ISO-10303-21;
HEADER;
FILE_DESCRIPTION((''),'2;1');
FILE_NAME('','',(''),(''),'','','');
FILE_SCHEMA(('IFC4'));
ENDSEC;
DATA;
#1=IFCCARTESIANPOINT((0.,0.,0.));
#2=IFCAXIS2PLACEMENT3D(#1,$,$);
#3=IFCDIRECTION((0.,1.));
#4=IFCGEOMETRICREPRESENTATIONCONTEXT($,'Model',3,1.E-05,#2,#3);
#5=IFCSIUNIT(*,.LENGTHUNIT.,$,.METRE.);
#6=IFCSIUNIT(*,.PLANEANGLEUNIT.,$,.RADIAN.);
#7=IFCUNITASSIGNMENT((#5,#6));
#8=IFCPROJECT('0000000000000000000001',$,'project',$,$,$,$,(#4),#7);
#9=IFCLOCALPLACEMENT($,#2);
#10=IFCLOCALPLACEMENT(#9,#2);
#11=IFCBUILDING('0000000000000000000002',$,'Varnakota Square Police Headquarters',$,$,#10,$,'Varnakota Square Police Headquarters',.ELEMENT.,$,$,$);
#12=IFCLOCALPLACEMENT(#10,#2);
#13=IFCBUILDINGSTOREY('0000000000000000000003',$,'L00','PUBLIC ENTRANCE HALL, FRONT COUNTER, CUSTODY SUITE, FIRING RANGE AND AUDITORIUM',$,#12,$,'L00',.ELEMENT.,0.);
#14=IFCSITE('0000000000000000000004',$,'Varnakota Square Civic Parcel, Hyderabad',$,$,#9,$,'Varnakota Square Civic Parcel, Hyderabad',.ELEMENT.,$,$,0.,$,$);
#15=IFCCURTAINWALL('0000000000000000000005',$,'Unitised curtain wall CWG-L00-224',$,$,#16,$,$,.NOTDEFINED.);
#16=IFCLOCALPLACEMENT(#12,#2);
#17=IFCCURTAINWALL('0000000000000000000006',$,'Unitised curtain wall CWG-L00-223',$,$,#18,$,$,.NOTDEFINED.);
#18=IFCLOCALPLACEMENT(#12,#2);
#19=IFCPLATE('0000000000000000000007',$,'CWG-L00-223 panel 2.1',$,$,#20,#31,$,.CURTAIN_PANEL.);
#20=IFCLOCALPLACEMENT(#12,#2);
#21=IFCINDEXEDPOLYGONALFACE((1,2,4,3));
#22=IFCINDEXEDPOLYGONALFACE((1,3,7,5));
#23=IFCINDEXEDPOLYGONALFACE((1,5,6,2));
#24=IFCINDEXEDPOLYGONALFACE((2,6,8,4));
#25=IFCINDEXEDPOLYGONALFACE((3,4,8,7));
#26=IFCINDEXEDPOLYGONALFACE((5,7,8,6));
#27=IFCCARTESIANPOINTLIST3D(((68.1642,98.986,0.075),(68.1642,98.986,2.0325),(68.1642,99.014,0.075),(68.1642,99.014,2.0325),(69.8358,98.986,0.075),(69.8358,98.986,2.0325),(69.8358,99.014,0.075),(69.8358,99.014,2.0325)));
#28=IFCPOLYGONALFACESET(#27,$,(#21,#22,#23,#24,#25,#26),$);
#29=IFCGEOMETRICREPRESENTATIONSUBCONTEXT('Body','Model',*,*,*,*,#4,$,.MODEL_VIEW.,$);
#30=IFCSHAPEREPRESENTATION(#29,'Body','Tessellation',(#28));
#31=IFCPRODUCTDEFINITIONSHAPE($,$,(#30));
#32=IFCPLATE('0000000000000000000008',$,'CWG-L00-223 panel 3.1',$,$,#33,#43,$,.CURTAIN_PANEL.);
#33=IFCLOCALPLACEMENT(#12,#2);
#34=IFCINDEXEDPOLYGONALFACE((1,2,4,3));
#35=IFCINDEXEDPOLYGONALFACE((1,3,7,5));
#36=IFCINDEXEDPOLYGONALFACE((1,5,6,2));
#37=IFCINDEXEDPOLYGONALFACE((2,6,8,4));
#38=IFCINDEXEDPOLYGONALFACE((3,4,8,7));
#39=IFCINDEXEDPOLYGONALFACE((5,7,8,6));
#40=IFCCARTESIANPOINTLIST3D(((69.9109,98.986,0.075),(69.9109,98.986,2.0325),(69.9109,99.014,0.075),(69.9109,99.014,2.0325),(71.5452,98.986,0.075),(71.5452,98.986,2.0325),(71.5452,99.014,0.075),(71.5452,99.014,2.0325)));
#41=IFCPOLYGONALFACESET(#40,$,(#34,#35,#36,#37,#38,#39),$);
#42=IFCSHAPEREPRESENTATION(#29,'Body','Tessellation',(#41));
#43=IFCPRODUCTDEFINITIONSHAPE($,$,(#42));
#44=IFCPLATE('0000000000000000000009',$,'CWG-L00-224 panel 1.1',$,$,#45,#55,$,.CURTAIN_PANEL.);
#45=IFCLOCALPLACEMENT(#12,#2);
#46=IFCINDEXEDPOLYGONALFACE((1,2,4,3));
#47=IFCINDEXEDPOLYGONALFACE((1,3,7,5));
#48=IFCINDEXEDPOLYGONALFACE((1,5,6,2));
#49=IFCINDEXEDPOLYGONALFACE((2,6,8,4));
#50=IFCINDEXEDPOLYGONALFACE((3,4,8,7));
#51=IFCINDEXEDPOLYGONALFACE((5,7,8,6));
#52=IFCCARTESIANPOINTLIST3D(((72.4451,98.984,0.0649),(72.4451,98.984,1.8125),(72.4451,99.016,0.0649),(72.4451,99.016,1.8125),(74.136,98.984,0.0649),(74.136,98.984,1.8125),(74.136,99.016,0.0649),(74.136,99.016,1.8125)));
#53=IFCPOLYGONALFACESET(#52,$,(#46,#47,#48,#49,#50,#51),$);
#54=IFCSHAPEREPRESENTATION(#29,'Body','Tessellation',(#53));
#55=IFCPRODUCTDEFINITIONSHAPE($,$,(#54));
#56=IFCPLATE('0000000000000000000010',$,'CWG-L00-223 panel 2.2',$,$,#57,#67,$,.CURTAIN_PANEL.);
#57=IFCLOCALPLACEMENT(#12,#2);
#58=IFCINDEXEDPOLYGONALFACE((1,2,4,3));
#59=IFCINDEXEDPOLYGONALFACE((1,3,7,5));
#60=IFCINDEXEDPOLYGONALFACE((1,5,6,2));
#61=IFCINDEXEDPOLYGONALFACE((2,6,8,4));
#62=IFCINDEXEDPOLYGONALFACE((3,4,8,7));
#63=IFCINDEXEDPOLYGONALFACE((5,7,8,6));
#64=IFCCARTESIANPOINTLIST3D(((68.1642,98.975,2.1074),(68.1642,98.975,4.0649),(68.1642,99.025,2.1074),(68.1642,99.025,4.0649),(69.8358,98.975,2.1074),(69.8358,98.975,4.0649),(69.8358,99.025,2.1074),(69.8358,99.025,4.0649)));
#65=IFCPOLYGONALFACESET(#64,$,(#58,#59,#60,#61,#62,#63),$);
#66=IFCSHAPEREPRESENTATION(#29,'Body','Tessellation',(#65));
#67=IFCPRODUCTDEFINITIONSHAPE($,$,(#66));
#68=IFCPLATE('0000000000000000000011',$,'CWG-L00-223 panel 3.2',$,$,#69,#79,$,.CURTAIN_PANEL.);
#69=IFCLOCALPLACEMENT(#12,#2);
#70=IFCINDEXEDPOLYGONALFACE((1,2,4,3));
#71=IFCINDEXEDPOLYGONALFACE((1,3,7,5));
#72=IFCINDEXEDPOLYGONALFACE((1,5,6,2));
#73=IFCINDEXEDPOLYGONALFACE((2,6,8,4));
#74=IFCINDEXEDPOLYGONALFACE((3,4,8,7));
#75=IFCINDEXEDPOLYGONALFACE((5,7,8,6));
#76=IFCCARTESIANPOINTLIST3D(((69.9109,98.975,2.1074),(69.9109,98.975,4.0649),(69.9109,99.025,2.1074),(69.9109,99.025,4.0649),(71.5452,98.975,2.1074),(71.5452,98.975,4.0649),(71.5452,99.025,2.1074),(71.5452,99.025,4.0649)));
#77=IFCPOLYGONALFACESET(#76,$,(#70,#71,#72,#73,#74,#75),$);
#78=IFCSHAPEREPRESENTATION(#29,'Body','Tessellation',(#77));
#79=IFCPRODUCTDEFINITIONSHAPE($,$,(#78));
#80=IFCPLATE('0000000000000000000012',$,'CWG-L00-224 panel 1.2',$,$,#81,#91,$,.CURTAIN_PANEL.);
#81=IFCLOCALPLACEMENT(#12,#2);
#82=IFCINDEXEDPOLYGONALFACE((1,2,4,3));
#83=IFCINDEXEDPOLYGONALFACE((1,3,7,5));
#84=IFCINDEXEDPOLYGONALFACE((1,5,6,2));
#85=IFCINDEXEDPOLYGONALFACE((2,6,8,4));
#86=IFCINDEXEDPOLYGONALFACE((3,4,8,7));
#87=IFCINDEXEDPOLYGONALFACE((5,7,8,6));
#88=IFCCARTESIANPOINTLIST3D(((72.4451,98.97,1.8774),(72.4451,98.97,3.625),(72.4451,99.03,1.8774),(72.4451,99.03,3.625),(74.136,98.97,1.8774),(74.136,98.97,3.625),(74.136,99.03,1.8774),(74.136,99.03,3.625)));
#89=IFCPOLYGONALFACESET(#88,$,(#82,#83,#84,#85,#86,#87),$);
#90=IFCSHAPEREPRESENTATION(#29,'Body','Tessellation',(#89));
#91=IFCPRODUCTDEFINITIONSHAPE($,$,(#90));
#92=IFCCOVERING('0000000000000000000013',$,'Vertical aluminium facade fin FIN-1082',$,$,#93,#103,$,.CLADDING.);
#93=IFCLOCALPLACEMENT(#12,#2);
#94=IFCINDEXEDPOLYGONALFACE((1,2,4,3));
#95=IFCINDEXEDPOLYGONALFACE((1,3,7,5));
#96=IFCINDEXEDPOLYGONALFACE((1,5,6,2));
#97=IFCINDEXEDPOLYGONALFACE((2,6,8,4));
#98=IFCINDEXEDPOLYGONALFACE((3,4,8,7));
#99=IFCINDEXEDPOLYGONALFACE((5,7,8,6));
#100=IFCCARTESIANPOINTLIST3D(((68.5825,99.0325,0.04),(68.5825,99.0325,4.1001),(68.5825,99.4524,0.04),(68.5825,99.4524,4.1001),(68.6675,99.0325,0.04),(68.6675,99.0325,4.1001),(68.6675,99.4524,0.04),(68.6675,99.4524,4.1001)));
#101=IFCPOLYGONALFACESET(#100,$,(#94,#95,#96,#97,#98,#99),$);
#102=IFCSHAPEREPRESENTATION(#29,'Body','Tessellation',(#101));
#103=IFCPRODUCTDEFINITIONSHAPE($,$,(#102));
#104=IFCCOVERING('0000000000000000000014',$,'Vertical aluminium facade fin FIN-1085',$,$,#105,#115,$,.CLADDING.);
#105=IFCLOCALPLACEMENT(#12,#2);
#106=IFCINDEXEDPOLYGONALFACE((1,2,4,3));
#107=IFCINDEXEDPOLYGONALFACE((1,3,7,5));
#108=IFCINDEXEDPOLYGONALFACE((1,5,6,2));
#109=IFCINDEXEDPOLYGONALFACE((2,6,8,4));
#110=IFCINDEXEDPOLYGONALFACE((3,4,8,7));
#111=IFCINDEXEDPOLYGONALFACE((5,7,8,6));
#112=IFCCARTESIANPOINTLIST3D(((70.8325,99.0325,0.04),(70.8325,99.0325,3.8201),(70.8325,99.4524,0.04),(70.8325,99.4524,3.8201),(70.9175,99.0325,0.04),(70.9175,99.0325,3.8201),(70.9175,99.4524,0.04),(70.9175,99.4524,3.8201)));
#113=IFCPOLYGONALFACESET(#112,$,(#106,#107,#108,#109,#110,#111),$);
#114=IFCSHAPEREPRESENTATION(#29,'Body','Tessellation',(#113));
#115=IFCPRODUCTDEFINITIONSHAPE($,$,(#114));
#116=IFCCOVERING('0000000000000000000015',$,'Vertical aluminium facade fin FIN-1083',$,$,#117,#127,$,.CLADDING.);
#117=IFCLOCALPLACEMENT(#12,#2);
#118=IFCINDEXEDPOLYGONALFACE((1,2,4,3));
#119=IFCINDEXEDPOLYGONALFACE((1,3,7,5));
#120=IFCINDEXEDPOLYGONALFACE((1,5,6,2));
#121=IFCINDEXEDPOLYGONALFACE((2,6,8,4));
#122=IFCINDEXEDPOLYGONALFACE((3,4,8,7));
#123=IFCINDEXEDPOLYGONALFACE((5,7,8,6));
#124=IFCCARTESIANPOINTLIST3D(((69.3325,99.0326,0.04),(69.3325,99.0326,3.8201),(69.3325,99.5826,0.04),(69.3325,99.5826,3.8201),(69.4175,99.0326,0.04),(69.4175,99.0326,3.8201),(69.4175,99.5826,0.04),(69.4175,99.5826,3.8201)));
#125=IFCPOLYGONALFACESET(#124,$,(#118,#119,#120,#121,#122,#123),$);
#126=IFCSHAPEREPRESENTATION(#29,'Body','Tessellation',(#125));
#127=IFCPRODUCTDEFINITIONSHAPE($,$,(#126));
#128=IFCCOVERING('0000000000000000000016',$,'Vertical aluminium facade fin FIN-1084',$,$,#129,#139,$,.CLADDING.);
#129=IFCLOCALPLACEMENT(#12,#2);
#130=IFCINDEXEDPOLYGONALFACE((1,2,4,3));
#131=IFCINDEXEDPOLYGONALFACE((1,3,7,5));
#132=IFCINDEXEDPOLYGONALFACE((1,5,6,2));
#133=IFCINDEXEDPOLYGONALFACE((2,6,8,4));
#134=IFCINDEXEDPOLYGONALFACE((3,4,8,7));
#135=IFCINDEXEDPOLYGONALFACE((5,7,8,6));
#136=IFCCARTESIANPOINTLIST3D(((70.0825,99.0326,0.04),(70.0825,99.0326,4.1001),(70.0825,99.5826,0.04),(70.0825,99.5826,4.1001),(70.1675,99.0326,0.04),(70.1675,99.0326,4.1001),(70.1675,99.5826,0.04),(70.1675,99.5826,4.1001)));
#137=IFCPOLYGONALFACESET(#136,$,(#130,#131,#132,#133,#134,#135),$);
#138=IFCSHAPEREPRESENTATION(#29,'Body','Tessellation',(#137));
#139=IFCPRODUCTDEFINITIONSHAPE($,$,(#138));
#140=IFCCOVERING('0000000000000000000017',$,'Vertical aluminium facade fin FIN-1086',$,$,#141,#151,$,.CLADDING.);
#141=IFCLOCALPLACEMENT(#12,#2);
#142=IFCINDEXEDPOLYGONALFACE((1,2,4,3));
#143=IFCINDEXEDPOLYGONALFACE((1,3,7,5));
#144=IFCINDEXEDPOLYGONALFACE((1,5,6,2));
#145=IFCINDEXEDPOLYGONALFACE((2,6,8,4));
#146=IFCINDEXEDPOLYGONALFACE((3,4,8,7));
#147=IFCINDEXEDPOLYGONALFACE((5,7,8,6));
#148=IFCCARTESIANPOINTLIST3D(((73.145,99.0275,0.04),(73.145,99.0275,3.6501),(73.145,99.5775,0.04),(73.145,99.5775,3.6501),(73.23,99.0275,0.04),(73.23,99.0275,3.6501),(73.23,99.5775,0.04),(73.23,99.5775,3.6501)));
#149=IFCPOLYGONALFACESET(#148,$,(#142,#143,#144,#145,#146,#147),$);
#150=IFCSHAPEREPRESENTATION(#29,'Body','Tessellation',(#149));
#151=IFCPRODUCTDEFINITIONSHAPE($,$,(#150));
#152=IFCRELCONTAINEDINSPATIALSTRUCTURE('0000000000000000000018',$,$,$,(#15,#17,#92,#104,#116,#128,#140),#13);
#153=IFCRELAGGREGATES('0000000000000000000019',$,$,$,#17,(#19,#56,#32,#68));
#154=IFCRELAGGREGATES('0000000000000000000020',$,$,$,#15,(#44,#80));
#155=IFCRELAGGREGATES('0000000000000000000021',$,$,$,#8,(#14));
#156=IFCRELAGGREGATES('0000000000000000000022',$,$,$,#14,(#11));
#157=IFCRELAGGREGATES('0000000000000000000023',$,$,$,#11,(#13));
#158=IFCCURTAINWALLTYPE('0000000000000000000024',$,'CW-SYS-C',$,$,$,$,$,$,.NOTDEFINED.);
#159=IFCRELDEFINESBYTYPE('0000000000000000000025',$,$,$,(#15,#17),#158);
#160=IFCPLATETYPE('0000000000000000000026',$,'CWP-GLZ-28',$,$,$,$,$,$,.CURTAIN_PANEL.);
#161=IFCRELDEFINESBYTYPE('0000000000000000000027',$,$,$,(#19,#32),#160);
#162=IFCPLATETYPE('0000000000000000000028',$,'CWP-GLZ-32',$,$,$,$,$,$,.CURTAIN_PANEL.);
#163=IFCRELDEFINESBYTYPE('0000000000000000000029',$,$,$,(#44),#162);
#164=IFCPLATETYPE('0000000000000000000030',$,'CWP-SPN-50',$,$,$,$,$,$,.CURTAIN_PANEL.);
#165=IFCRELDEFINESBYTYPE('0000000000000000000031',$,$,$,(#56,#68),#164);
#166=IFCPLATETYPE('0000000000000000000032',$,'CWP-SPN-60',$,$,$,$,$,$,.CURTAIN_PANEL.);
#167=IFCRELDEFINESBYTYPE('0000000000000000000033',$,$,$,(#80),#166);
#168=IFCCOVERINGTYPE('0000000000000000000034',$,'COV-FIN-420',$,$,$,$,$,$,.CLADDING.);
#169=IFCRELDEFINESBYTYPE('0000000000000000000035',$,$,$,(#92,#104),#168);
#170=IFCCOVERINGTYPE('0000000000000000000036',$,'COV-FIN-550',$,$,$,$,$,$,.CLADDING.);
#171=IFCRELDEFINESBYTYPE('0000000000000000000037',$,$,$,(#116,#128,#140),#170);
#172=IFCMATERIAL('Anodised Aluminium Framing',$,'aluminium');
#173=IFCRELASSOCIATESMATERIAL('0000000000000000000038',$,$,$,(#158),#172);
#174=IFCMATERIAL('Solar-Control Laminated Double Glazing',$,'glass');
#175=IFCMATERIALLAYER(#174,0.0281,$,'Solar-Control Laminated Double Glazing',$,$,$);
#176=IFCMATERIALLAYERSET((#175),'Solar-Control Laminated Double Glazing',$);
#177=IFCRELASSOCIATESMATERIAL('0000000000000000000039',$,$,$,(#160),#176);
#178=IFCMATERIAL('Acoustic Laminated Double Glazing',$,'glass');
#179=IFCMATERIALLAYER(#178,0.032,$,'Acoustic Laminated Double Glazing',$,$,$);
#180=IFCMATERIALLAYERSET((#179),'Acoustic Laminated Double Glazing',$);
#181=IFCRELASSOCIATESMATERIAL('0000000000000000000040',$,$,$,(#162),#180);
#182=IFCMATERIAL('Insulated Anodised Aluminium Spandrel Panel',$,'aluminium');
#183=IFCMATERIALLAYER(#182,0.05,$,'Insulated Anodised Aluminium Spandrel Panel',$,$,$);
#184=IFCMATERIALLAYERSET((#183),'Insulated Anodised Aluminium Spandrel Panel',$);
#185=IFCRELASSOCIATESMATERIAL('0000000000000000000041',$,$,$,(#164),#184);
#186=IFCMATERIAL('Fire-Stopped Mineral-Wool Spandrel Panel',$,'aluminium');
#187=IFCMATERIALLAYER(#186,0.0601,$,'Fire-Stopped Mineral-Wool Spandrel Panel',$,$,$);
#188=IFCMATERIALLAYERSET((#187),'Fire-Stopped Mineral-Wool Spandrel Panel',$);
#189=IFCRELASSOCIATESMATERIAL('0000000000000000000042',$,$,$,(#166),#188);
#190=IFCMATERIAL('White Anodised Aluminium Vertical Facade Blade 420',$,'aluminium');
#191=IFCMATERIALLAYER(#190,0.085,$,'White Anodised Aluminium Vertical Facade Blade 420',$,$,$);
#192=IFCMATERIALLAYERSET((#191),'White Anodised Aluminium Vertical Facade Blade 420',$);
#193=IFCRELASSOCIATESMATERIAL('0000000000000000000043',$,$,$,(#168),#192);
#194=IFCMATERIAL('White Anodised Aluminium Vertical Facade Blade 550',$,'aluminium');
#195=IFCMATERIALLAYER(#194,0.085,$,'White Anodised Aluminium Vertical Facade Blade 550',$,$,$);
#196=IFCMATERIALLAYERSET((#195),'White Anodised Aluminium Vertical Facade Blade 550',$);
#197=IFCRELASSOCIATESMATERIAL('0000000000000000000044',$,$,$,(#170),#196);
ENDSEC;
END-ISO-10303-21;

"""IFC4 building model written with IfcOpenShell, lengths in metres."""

from ifc_helpers import new_model, si_unit, direction, frame, origin, origin_2d, place, context, subcontext, project, spatial, rectangle, extrude, material, layer, layer_set, type_object, element, aggregate, save


model = new_model("IFC4")

# Units and contexts
model_context = context("Model", 3, precision=1e-05, world=origin(), true_north=direction((0.0, 1.0)))
body_context = subcontext(model_context, "Body", "Model", "MODEL_VIEW")
ifc_project = project(units=[si_unit("LENGTHUNIT", "METRE"), si_unit("PLANEANGLEUNIT", "RADIAN")], contexts=[model_context])

# Site, building, storey
site_placement = place(None, origin())
site = spatial("IfcSite", under=ifc_project, at=site_placement, Name="Varnakota Square Civic Parcel, Hyderabad", LongName="Varnakota Square Civic Parcel, Hyderabad", CompositionType="ELEMENT", RefElevation=0.0)
building_placement = place(site_placement, origin())
building = spatial("IfcBuilding", under=site, at=building_placement, Name="Varnakota Square Police Headquarters", LongName="Varnakota Square Police Headquarters", CompositionType="ELEMENT")
storey_placement = place(building_placement, origin())
storey = spatial("IfcBuildingStorey", under=building, at=storey_placement, Name="L00", Description="PUBLIC ENTRANCE HALL, FRONT COUNTER, CUSTODY SUITE, FIRING RANGE AND AUDITORIUM", LongName="L00", CompositionType="ELEMENT", Elevation=0.0)

# Curtain wall
ifc_material_1 = material(Name="Anodised Aluminium Framing", Category="aluminium")
curtain_wall_type = type_object("IfcCurtainWallType", Name="CW-SYS-C", PredefinedType="NOTDEFINED", material=ifc_material_1)
curtain_wall_1_placement = place(storey_placement, origin())
curtain_wall_1 = element("IfcCurtainWall", 1, at=curtain_wall_1_placement, inside=storey, type_object=curtain_wall_type, Name="Unitised curtain wall CWG-L00-224", PredefinedType="NOTDEFINED")

# Curtain wall
curtain_wall_2_placement = place(storey_placement, origin())
curtain_wall_2 = element("IfcCurtainWall", 2, at=curtain_wall_2_placement, inside=storey, type_object=curtain_wall_type, Name="Unitised curtain wall CWG-L00-223", PredefinedType="NOTDEFINED")

# Plates
ifc_material_2 = material(Name="Solar-Control Laminated Double Glazing", Category="glass")
ifc_layer_1 = layer(ifc_material_2, 0.0281, Name="Solar-Control Laminated Double Glazing")
ifc_layer_set_1 = layer_set([ifc_layer_1], Name="Solar-Control Laminated Double Glazing")
plate_type_1 = type_object("IfcPlateType", Name="CWP-GLZ-28", PredefinedType="CURTAIN_PANEL", material=ifc_layer_set_1)
plate_1_placement = place(storey_placement, frame((69.0, 99.0, 0.075), z_axis=(0.0, 0.0, 1.0), x_axis=(1.0, 0.0, 0.0)))
plate_1 = element("IfcPlate", 3, at=plate_1_placement, type_object=plate_type_1, Name="CWG-L00-223 panel 2.1", PredefinedType="CURTAIN_PANEL", context=body_context, shape_type="SweptSolid", body=[
    extrude(rectangle(XDim=1.6716, YDim=0.0281, at=origin_2d()), origin(), (0.0, 0.0, 1.0), 1.9575),
])
plate_2_placement = place(storey_placement, frame((70.728, 99.0, 0.075), z_axis=(0.0, 0.0, 1.0), x_axis=(1.0, 0.0, 0.0)))
plate_2 = element("IfcPlate", 4, at=plate_2_placement, type_object=plate_type_1, Name="CWG-L00-223 panel 3.1", PredefinedType="CURTAIN_PANEL", context=body_context, shape_type="SweptSolid", body=[
    extrude(rectangle(XDim=1.6343, YDim=0.0281, at=origin_2d()), origin(), (0.0, 0.0, 1.0), 1.9575),
])
ifc_material_3 = material(Name="Acoustic Laminated Double Glazing", Category="glass")
ifc_layer_2 = layer(ifc_material_3, 0.032, Name="Acoustic Laminated Double Glazing")
ifc_layer_set_2 = layer_set([ifc_layer_2], Name="Acoustic Laminated Double Glazing")
plate_type_2 = type_object("IfcPlateType", Name="CWP-GLZ-32", PredefinedType="CURTAIN_PANEL", material=ifc_layer_set_2)
plate_3_placement = place(storey_placement, frame((73.2905, 99.0, 0.0649), z_axis=(0.0, 0.0, 1.0), x_axis=(1.0, 0.0, 0.0)))
plate_3 = element("IfcPlate", 5, at=plate_3_placement, type_object=plate_type_2, Name="CWG-L00-224 panel 1.1", PredefinedType="CURTAIN_PANEL", context=body_context, shape_type="SweptSolid", body=[
    extrude(rectangle(XDim=1.6909, YDim=0.032, at=origin_2d()), origin(), (0.0, 0.0, 1.0), 1.7476),
])
ifc_material_4 = material(Name="Insulated Anodised Aluminium Spandrel Panel", Category="aluminium")
ifc_layer_3 = layer(ifc_material_4, 0.05, Name="Insulated Anodised Aluminium Spandrel Panel")
ifc_layer_set_3 = layer_set([ifc_layer_3], Name="Insulated Anodised Aluminium Spandrel Panel")
plate_type_3 = type_object("IfcPlateType", Name="CWP-SPN-50", PredefinedType="CURTAIN_PANEL", material=ifc_layer_set_3)
plate_4_placement = place(storey_placement, frame((69.0, 99.0, 2.1074), z_axis=(0.0, 0.0, 1.0), x_axis=(1.0, 0.0, 0.0)))
plate_4 = element("IfcPlate", 6, at=plate_4_placement, type_object=plate_type_3, Name="CWG-L00-223 panel 2.2", PredefinedType="CURTAIN_PANEL", context=body_context, shape_type="SweptSolid", body=[
    extrude(rectangle(XDim=1.6716, YDim=0.05, at=origin_2d()), origin(), (0.0, 0.0, 1.0), 1.9575),
])
plate_5_placement = place(storey_placement, frame((70.728, 99.0, 2.1074), z_axis=(0.0, 0.0, 1.0), x_axis=(1.0, 0.0, 0.0)))
plate_5 = element("IfcPlate", 7, at=plate_5_placement, type_object=plate_type_3, Name="CWG-L00-223 panel 3.2", PredefinedType="CURTAIN_PANEL", context=body_context, shape_type="SweptSolid", body=[
    extrude(rectangle(XDim=1.6343, YDim=0.05, at=origin_2d()), origin(), (0.0, 0.0, 1.0), 1.9575),
])
aggregate(curtain_wall_2, [plate_1, plate_4, plate_2, plate_5])
ifc_material_5 = material(Name="Fire-Stopped Mineral-Wool Spandrel Panel", Category="aluminium")
ifc_layer_4 = layer(ifc_material_5, 0.0601, Name="Fire-Stopped Mineral-Wool Spandrel Panel")
ifc_layer_set_4 = layer_set([ifc_layer_4], Name="Fire-Stopped Mineral-Wool Spandrel Panel")
plate_type_4 = type_object("IfcPlateType", Name="CWP-SPN-60", PredefinedType="CURTAIN_PANEL", material=ifc_layer_set_4)
plate_6_placement = place(storey_placement, frame((73.2905, 99.0, 1.8774), z_axis=(0.0, 0.0, 1.0), x_axis=(1.0, 0.0, 0.0)))
plate_6 = element("IfcPlate", 8, at=plate_6_placement, type_object=plate_type_4, Name="CWG-L00-224 panel 1.2", PredefinedType="CURTAIN_PANEL", context=body_context, shape_type="SweptSolid", body=[
    extrude(rectangle(XDim=1.6909, YDim=0.0601, at=origin_2d()), origin(), (0.0, 0.0, 1.0), 1.7476),
])
aggregate(curtain_wall_1, [plate_3, plate_6])

# Coverings
ifc_material_6 = material(Name="White Anodised Aluminium Vertical Facade Blade 420", Category="aluminium")
ifc_layer_5 = layer(ifc_material_6, 0.085, Name="White Anodised Aluminium Vertical Facade Blade 420")
ifc_layer_set_5 = layer_set([ifc_layer_5], Name="White Anodised Aluminium Vertical Facade Blade 420")
covering_type_1 = type_object("IfcCoveringType", Name="COV-FIN-420", PredefinedType="CLADDING", material=ifc_layer_set_5)
covering_1_placement = place(storey_placement, frame((68.625, 99.2424, 0.04), z_axis=(0.0, 0.0, 1.0), x_axis=(1.0, 0.0, 0.0)))
element("IfcCovering", 9, at=covering_1_placement, inside=storey, type_object=covering_type_1, Name="Vertical aluminium facade fin FIN-1082", PredefinedType="CLADDING", context=body_context, shape_type="SweptSolid", body=[
    extrude(rectangle(XDim=0.085, YDim=0.4199, at=origin_2d()), origin(), (0.0, 0.0, 1.0), 4.0601),
])
covering_2_placement = place(storey_placement, frame((70.875, 99.2424, 0.04), z_axis=(0.0, 0.0, 1.0), x_axis=(1.0, 0.0, 0.0)))
element("IfcCovering", 10, at=covering_2_placement, inside=storey, type_object=covering_type_1, Name="Vertical aluminium facade fin FIN-1085", PredefinedType="CLADDING", context=body_context, shape_type="SweptSolid", body=[
    extrude(rectangle(XDim=0.085, YDim=0.4199, at=origin_2d()), origin(), (0.0, 0.0, 1.0), 3.78),
])
ifc_material_7 = material(Name="White Anodised Aluminium Vertical Facade Blade 550", Category="aluminium")
ifc_layer_6 = layer(ifc_material_7, 0.085, Name="White Anodised Aluminium Vertical Facade Blade 550")
ifc_layer_set_6 = layer_set([ifc_layer_6], Name="White Anodised Aluminium Vertical Facade Blade 550")
covering_type_2 = type_object("IfcCoveringType", Name="COV-FIN-550", PredefinedType="CLADDING", material=ifc_layer_set_6)
covering_3_placement = place(storey_placement, frame((69.375, 99.3076, 0.04), z_axis=(0.0, 0.0, 1.0), x_axis=(1.0, 0.0, 0.0)))
element("IfcCovering", 11, at=covering_3_placement, inside=storey, type_object=covering_type_2, Name="Vertical aluminium facade fin FIN-1083", PredefinedType="CLADDING", context=body_context, shape_type="SweptSolid", body=[
    extrude(rectangle(XDim=0.085, YDim=0.55, at=origin_2d()), origin(), (0.0, 0.0, 1.0), 3.78),
])
covering_4_placement = place(storey_placement, frame((70.125, 99.3076, 0.04), z_axis=(0.0, 0.0, 1.0), x_axis=(1.0, 0.0, 0.0)))
element("IfcCovering", 12, at=covering_4_placement, inside=storey, type_object=covering_type_2, Name="Vertical aluminium facade fin FIN-1084", PredefinedType="CLADDING", context=body_context, shape_type="SweptSolid", body=[
    extrude(rectangle(XDim=0.085, YDim=0.55, at=origin_2d()), origin(), (0.0, 0.0, 1.0), 4.0601),
])
covering_5_placement = place(storey_placement, frame((73.1875, 99.3025, 0.04), z_axis=(0.0, 0.0, 1.0), x_axis=(1.0, 0.0, 0.0)))
element("IfcCovering", 13, at=covering_5_placement, inside=storey, type_object=covering_type_2, Name="Vertical aluminium facade fin FIN-1086", PredefinedType="CLADDING", context=body_context, shape_type="SweptSolid", body=[
    extrude(rectangle(XDim=0.085, YDim=0.55, at=origin_2d()), origin(), (0.0, 0.0, 1.0), 3.6101),
])

save(model, "model.ifc")
